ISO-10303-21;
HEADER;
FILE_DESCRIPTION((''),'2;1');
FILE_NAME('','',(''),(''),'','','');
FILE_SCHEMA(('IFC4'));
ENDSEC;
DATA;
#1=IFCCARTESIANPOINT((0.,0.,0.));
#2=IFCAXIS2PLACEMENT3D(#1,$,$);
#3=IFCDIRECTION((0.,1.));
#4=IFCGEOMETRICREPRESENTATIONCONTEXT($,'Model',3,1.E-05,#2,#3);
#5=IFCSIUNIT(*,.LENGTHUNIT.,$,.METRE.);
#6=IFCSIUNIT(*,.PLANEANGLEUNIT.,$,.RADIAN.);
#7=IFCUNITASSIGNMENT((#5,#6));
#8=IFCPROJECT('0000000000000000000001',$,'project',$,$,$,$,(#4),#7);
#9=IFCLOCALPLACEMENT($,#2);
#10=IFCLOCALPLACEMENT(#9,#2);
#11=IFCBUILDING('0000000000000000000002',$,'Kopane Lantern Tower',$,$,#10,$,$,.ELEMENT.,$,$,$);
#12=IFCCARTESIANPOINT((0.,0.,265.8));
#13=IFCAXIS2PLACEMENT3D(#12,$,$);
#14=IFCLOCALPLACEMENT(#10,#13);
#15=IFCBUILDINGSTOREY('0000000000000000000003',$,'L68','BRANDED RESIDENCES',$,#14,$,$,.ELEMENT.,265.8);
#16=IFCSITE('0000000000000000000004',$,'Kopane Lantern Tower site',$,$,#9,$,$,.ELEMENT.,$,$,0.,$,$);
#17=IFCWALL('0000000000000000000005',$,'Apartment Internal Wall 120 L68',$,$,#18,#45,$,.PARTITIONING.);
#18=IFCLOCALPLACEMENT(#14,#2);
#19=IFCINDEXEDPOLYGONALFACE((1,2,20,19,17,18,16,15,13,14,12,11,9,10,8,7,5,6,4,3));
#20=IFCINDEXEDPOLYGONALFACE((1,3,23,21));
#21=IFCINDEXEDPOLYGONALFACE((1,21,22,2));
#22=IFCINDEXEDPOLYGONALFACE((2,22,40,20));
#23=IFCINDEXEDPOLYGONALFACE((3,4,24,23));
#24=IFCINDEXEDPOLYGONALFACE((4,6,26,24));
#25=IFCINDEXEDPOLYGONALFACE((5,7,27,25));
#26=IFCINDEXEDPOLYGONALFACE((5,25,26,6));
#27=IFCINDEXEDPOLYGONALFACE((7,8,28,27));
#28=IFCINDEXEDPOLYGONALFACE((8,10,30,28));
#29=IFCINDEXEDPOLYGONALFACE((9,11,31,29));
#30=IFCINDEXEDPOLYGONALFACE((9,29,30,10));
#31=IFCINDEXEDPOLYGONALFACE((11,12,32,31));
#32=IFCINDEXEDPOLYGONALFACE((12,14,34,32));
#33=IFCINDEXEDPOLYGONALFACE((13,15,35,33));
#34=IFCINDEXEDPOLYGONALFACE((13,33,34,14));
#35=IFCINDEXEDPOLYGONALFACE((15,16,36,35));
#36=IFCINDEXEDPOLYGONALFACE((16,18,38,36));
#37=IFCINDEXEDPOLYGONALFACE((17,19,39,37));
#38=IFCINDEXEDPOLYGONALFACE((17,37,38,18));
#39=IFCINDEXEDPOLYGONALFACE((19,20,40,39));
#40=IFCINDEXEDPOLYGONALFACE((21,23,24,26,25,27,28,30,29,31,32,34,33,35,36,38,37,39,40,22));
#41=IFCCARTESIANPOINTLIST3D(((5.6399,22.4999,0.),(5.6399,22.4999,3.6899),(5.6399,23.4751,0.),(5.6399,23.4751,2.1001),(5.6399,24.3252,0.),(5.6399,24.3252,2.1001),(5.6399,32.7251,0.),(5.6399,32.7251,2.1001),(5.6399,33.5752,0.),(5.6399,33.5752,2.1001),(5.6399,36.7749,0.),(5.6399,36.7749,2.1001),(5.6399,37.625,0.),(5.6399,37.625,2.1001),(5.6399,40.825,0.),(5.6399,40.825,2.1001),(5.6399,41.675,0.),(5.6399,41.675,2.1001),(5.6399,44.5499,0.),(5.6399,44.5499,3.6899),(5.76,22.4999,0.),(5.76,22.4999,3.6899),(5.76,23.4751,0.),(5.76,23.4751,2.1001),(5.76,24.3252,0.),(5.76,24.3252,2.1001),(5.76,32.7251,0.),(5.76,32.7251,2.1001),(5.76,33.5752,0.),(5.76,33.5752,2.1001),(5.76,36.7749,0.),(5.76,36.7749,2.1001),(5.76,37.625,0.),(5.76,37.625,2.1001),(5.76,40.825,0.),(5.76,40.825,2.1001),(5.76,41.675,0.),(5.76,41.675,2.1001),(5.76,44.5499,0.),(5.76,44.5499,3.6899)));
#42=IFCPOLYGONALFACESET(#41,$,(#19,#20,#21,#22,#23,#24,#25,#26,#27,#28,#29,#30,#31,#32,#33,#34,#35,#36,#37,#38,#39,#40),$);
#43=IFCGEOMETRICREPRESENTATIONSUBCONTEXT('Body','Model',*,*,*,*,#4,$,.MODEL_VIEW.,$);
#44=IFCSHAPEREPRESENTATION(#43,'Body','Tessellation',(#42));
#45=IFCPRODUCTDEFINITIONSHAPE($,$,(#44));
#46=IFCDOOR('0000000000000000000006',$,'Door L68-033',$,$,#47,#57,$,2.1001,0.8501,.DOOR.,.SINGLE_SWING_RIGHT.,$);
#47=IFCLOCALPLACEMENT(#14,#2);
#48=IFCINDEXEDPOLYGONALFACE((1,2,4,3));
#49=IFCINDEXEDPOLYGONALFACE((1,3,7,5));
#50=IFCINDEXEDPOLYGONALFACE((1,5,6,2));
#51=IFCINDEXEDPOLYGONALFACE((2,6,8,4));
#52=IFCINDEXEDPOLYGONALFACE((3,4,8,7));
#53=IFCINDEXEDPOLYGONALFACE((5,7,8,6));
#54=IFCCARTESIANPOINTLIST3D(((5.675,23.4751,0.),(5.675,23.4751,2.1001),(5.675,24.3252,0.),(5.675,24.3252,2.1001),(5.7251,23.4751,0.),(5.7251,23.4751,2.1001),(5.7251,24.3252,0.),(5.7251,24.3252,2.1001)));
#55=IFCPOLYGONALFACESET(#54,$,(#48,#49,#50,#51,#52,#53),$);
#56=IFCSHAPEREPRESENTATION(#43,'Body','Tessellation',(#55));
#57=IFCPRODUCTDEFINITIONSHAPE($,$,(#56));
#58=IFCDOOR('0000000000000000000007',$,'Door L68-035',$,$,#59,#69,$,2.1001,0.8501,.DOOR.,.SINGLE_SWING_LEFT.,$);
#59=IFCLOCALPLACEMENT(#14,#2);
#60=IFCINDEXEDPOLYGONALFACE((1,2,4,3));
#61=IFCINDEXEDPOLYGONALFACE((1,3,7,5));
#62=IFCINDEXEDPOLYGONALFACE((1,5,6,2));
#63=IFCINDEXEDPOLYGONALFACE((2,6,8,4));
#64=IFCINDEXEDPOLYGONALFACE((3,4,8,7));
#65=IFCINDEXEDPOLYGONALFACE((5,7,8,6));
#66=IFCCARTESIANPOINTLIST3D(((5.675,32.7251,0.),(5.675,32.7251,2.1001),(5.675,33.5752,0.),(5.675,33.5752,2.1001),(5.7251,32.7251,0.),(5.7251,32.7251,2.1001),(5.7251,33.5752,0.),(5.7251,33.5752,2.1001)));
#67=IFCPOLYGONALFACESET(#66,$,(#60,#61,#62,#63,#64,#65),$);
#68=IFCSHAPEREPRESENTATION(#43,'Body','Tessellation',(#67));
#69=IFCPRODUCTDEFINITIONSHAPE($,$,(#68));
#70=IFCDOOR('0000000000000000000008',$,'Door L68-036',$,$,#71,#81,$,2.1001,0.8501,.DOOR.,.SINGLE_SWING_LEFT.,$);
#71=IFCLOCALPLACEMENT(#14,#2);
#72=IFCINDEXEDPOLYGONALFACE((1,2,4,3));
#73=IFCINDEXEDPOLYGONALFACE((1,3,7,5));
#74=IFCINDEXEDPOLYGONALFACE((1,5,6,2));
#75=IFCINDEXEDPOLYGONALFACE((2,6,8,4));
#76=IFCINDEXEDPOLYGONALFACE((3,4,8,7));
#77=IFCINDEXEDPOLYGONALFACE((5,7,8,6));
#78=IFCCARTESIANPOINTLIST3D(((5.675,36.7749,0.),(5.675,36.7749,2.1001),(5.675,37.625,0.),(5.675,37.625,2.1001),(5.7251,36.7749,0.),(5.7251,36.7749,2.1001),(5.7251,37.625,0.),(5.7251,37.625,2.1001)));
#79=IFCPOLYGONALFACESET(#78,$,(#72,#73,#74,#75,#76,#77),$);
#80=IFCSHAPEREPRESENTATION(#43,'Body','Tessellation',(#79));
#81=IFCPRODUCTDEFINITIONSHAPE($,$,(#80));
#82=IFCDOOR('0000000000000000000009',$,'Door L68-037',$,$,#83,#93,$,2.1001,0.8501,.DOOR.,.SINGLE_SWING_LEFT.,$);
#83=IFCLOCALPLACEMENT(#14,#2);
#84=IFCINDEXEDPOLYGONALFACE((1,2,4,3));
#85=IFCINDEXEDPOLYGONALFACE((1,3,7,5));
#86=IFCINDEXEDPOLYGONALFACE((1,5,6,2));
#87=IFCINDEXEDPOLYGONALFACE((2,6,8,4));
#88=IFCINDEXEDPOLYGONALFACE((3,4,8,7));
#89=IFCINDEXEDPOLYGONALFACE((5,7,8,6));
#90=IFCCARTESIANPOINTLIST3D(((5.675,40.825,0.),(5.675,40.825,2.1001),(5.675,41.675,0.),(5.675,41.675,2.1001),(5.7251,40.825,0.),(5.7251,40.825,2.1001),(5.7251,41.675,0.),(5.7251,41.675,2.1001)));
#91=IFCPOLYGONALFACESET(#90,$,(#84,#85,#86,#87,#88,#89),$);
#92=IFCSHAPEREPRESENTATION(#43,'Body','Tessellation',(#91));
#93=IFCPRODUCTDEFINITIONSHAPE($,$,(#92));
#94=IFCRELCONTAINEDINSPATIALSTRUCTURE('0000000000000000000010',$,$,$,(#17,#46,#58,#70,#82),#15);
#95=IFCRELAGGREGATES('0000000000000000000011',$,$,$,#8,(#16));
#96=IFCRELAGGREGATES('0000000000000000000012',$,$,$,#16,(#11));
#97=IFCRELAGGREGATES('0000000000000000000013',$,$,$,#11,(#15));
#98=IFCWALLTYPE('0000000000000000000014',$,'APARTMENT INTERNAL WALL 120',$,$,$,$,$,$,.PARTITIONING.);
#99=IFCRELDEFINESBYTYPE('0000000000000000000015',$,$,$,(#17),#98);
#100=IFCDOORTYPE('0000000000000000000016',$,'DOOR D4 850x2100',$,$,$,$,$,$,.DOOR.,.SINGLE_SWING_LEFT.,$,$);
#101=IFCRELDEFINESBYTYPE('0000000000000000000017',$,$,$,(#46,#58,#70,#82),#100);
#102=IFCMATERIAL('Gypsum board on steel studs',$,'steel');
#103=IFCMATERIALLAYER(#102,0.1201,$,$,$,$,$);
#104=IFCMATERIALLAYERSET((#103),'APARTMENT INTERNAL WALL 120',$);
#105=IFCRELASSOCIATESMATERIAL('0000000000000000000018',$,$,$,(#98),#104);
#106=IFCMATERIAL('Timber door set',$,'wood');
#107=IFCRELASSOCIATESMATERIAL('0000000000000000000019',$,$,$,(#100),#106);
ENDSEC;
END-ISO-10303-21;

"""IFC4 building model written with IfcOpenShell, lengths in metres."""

from ifc_helpers import new_model, si_unit, direction, frame, frame_2d, origin, place, context, subcontext, project, spatial, rectangle, extrude, material, layer, layer_set, type_object, element, fill, save


model = new_model("IFC4")

# Units and contexts
model_context = context("Model", 3, precision=1e-05, world=origin(), true_north=direction((0.0, 1.0)))
body_context = subcontext(model_context, "Body", "Model", "MODEL_VIEW")
ifc_project = project(units=[si_unit("LENGTHUNIT", "METRE"), si_unit("PLANEANGLEUNIT", "RADIAN")], contexts=[model_context])

# Site, building, storey
site_placement = place(None, origin())
site = spatial("IfcSite", under=ifc_project, at=site_placement, Name="Kopane Lantern Tower site", CompositionType="ELEMENT", RefElevation=0.0)
building_placement = place(site_placement, origin())
building = spatial("IfcBuilding", under=site, at=building_placement, Name="Kopane Lantern Tower", CompositionType="ELEMENT")
storey_placement = place(building_placement, frame((0.0, 0.0, 265.8)))
storey = spatial("IfcBuildingStorey", under=building, at=storey_placement, Name="L68", Description="BRANDED RESIDENCES", CompositionType="ELEMENT", Elevation=265.8)

# Wall, openings, doors
ifc_material_1 = material(Name="Gypsum board on steel studs", Category="steel")
ifc_layer_1 = layer(ifc_material_1, 0.1201)
ifc_layer_set_1 = layer_set([ifc_layer_1], Name="APARTMENT INTERNAL WALL 120")
wall_type_1 = type_object("IfcWallType", Name="APARTMENT INTERNAL WALL 120", PredefinedType="PARTITIONING", material=ifc_layer_set_1)
wall_1_placement = place(storey_placement, frame((5.7, 22.5, 0.0), z_axis=(0.0, 0.0, 1.0), x_axis=(0.0, 1.0, 0.0)))
wall_1 = element("IfcWall", 1, at=wall_1_placement, inside=storey, type_object=wall_type_1, Name="Apartment Internal Wall 120 L68", PredefinedType="PARTITIONING", context=body_context, shape_type="SweptSolid", body=[
    extrude(rectangle(XDim=22.05, YDim=0.1201, at=frame_2d((11.0249, 0.0))), origin(), (0.0, 0.0, 1.0), 3.6899),
])
opening_1_placement = place(wall_1_placement, frame((0.9751, 0.0, 0.0)))
opening_1 = element("IfcOpeningElement", 2, at=opening_1_placement, cuts=wall_1, PredefinedType="OPENING", context=body_context, shape_type="SweptSolid", body=[
    extrude(rectangle(XDim=0.8501, YDim=2.1001, at=frame_2d((0.425, 1.05))), frame((0.0, 0.0701, 0.0), z_axis=(0.0, -1.0, 0.0), x_axis=(1.0, 0.0, 0.0)), (0.0, 0.0, 1.0), 0.1401),
])
opening_2_placement = place(wall_1_placement, frame((10.2251, 0.0, 0.0)))
opening_2 = element("IfcOpeningElement", 3, at=opening_2_placement, cuts=wall_1, PredefinedType="OPENING", context=body_context, shape_type="SweptSolid", body=[
    extrude(rectangle(XDim=0.8501, YDim=2.1001, at=frame_2d((0.425, 1.05))), frame((0.0, 0.0701, 0.0), z_axis=(0.0, -1.0, 0.0), x_axis=(1.0, 0.0, 0.0)), (0.0, 0.0, 1.0), 0.1401),
])
opening_3_placement = place(wall_1_placement, frame((14.2749, 0.0, 0.0)))
opening_3 = element("IfcOpeningElement", 4, at=opening_3_placement, cuts=wall_1, PredefinedType="OPENING", context=body_context, shape_type="SweptSolid", body=[
    extrude(rectangle(XDim=0.8501, YDim=2.1001, at=frame_2d((0.425, 1.05))), frame((0.0, 0.0701, 0.0), z_axis=(0.0, -1.0, 0.0), x_axis=(1.0, 0.0, 0.0)), (0.0, 0.0, 1.0), 0.1401),
])
opening_4_placement = place(wall_1_placement, frame((18.325, 0.0, 0.0)))
opening_4 = element("IfcOpeningElement", 5, at=opening_4_placement, cuts=wall_1, PredefinedType="OPENING", context=body_context, shape_type="SweptSolid", body=[
    extrude(rectangle(XDim=0.8501, YDim=2.1001, at=frame_2d((0.425, 1.05))), frame((0.0, 0.0701, 0.0), z_axis=(0.0, -1.0, 0.0), x_axis=(1.0, 0.0, 0.0)), (0.0, 0.0, 1.0), 0.1401),
])
ifc_material_2 = material(Name="Timber door set", Category="wood")
door_type_1 = type_object("IfcDoorType", Name="DOOR D4 850x2100", OperationType="SINGLE_SWING_LEFT", PredefinedType="DOOR", material=ifc_material_2)
door_1_placement = place(opening_1_placement, origin())
door_1 = element("IfcDoor", 6, at=door_1_placement, inside=storey, type_object=door_type_1, Name="Door L68-033", OperationType="SINGLE_SWING_RIGHT", OverallHeight=2.1001, OverallWidth=0.8501, PredefinedType="DOOR", context=body_context, shape_type="SweptSolid", body=[
    extrude(rectangle(XDim=0.8501, YDim=2.1001, at=frame_2d((0.425, 1.05))), frame((0.0, 0.0249, 0.0), z_axis=(0.0, -1.0, 0.0), x_axis=(1.0, 0.0, 0.0)), (0.0, 0.0, 1.0), 0.05),
])
fill(opening_1, door_1)
door_2_placement = place(opening_2_placement, origin())
door_2 = element("IfcDoor", 7, at=door_2_placement, inside=storey, type_object=door_type_1, Name="Door L68-035", OperationType="SINGLE_SWING_LEFT", OverallHeight=2.1001, OverallWidth=0.8501, PredefinedType="DOOR", context=body_context, shape_type="SweptSolid", body=[
    extrude(rectangle(XDim=0.8501, YDim=2.1001, at=frame_2d((0.425, 1.05))), frame((0.0, 0.0249, 0.0), z_axis=(0.0, -1.0, 0.0), x_axis=(1.0, 0.0, 0.0)), (0.0, 0.0, 1.0), 0.05),
])
fill(opening_2, door_2)
door_3_placement = place(opening_3_placement, origin())
door_3 = element("IfcDoor", 8, at=door_3_placement, inside=storey, type_object=door_type_1, Name="Door L68-036", OperationType="SINGLE_SWING_LEFT", OverallHeight=2.1001, OverallWidth=0.8501, PredefinedType="DOOR", context=body_context, shape_type="SweptSolid", body=[
    extrude(rectangle(XDim=0.8501, YDim=2.1001, at=frame_2d((0.425, 1.05))), frame((0.0, 0.0249, 0.0), z_axis=(0.0, -1.0, 0.0), x_axis=(1.0, 0.0, 0.0)), (0.0, 0.0, 1.0), 0.05),
])
fill(opening_3, door_3)
door_4_placement = place(opening_4_placement, origin())
door_4 = element("IfcDoor", 9, at=door_4_placement, inside=storey, type_object=door_type_1, Name="Door L68-037", OperationType="SINGLE_SWING_LEFT", OverallHeight=2.1001, OverallWidth=0.8501, PredefinedType="DOOR", context=body_context, shape_type="SweptSolid", body=[
    extrude(rectangle(XDim=0.8501, YDim=2.1001, at=frame_2d((0.425, 1.05))), frame((0.0, 0.0249, 0.0), z_axis=(0.0, -1.0, 0.0), x_axis=(1.0, 0.0, 0.0)), (0.0, 0.0, 1.0), 0.05),
])
fill(opening_4, door_4)

save(model, "model.ifc")
